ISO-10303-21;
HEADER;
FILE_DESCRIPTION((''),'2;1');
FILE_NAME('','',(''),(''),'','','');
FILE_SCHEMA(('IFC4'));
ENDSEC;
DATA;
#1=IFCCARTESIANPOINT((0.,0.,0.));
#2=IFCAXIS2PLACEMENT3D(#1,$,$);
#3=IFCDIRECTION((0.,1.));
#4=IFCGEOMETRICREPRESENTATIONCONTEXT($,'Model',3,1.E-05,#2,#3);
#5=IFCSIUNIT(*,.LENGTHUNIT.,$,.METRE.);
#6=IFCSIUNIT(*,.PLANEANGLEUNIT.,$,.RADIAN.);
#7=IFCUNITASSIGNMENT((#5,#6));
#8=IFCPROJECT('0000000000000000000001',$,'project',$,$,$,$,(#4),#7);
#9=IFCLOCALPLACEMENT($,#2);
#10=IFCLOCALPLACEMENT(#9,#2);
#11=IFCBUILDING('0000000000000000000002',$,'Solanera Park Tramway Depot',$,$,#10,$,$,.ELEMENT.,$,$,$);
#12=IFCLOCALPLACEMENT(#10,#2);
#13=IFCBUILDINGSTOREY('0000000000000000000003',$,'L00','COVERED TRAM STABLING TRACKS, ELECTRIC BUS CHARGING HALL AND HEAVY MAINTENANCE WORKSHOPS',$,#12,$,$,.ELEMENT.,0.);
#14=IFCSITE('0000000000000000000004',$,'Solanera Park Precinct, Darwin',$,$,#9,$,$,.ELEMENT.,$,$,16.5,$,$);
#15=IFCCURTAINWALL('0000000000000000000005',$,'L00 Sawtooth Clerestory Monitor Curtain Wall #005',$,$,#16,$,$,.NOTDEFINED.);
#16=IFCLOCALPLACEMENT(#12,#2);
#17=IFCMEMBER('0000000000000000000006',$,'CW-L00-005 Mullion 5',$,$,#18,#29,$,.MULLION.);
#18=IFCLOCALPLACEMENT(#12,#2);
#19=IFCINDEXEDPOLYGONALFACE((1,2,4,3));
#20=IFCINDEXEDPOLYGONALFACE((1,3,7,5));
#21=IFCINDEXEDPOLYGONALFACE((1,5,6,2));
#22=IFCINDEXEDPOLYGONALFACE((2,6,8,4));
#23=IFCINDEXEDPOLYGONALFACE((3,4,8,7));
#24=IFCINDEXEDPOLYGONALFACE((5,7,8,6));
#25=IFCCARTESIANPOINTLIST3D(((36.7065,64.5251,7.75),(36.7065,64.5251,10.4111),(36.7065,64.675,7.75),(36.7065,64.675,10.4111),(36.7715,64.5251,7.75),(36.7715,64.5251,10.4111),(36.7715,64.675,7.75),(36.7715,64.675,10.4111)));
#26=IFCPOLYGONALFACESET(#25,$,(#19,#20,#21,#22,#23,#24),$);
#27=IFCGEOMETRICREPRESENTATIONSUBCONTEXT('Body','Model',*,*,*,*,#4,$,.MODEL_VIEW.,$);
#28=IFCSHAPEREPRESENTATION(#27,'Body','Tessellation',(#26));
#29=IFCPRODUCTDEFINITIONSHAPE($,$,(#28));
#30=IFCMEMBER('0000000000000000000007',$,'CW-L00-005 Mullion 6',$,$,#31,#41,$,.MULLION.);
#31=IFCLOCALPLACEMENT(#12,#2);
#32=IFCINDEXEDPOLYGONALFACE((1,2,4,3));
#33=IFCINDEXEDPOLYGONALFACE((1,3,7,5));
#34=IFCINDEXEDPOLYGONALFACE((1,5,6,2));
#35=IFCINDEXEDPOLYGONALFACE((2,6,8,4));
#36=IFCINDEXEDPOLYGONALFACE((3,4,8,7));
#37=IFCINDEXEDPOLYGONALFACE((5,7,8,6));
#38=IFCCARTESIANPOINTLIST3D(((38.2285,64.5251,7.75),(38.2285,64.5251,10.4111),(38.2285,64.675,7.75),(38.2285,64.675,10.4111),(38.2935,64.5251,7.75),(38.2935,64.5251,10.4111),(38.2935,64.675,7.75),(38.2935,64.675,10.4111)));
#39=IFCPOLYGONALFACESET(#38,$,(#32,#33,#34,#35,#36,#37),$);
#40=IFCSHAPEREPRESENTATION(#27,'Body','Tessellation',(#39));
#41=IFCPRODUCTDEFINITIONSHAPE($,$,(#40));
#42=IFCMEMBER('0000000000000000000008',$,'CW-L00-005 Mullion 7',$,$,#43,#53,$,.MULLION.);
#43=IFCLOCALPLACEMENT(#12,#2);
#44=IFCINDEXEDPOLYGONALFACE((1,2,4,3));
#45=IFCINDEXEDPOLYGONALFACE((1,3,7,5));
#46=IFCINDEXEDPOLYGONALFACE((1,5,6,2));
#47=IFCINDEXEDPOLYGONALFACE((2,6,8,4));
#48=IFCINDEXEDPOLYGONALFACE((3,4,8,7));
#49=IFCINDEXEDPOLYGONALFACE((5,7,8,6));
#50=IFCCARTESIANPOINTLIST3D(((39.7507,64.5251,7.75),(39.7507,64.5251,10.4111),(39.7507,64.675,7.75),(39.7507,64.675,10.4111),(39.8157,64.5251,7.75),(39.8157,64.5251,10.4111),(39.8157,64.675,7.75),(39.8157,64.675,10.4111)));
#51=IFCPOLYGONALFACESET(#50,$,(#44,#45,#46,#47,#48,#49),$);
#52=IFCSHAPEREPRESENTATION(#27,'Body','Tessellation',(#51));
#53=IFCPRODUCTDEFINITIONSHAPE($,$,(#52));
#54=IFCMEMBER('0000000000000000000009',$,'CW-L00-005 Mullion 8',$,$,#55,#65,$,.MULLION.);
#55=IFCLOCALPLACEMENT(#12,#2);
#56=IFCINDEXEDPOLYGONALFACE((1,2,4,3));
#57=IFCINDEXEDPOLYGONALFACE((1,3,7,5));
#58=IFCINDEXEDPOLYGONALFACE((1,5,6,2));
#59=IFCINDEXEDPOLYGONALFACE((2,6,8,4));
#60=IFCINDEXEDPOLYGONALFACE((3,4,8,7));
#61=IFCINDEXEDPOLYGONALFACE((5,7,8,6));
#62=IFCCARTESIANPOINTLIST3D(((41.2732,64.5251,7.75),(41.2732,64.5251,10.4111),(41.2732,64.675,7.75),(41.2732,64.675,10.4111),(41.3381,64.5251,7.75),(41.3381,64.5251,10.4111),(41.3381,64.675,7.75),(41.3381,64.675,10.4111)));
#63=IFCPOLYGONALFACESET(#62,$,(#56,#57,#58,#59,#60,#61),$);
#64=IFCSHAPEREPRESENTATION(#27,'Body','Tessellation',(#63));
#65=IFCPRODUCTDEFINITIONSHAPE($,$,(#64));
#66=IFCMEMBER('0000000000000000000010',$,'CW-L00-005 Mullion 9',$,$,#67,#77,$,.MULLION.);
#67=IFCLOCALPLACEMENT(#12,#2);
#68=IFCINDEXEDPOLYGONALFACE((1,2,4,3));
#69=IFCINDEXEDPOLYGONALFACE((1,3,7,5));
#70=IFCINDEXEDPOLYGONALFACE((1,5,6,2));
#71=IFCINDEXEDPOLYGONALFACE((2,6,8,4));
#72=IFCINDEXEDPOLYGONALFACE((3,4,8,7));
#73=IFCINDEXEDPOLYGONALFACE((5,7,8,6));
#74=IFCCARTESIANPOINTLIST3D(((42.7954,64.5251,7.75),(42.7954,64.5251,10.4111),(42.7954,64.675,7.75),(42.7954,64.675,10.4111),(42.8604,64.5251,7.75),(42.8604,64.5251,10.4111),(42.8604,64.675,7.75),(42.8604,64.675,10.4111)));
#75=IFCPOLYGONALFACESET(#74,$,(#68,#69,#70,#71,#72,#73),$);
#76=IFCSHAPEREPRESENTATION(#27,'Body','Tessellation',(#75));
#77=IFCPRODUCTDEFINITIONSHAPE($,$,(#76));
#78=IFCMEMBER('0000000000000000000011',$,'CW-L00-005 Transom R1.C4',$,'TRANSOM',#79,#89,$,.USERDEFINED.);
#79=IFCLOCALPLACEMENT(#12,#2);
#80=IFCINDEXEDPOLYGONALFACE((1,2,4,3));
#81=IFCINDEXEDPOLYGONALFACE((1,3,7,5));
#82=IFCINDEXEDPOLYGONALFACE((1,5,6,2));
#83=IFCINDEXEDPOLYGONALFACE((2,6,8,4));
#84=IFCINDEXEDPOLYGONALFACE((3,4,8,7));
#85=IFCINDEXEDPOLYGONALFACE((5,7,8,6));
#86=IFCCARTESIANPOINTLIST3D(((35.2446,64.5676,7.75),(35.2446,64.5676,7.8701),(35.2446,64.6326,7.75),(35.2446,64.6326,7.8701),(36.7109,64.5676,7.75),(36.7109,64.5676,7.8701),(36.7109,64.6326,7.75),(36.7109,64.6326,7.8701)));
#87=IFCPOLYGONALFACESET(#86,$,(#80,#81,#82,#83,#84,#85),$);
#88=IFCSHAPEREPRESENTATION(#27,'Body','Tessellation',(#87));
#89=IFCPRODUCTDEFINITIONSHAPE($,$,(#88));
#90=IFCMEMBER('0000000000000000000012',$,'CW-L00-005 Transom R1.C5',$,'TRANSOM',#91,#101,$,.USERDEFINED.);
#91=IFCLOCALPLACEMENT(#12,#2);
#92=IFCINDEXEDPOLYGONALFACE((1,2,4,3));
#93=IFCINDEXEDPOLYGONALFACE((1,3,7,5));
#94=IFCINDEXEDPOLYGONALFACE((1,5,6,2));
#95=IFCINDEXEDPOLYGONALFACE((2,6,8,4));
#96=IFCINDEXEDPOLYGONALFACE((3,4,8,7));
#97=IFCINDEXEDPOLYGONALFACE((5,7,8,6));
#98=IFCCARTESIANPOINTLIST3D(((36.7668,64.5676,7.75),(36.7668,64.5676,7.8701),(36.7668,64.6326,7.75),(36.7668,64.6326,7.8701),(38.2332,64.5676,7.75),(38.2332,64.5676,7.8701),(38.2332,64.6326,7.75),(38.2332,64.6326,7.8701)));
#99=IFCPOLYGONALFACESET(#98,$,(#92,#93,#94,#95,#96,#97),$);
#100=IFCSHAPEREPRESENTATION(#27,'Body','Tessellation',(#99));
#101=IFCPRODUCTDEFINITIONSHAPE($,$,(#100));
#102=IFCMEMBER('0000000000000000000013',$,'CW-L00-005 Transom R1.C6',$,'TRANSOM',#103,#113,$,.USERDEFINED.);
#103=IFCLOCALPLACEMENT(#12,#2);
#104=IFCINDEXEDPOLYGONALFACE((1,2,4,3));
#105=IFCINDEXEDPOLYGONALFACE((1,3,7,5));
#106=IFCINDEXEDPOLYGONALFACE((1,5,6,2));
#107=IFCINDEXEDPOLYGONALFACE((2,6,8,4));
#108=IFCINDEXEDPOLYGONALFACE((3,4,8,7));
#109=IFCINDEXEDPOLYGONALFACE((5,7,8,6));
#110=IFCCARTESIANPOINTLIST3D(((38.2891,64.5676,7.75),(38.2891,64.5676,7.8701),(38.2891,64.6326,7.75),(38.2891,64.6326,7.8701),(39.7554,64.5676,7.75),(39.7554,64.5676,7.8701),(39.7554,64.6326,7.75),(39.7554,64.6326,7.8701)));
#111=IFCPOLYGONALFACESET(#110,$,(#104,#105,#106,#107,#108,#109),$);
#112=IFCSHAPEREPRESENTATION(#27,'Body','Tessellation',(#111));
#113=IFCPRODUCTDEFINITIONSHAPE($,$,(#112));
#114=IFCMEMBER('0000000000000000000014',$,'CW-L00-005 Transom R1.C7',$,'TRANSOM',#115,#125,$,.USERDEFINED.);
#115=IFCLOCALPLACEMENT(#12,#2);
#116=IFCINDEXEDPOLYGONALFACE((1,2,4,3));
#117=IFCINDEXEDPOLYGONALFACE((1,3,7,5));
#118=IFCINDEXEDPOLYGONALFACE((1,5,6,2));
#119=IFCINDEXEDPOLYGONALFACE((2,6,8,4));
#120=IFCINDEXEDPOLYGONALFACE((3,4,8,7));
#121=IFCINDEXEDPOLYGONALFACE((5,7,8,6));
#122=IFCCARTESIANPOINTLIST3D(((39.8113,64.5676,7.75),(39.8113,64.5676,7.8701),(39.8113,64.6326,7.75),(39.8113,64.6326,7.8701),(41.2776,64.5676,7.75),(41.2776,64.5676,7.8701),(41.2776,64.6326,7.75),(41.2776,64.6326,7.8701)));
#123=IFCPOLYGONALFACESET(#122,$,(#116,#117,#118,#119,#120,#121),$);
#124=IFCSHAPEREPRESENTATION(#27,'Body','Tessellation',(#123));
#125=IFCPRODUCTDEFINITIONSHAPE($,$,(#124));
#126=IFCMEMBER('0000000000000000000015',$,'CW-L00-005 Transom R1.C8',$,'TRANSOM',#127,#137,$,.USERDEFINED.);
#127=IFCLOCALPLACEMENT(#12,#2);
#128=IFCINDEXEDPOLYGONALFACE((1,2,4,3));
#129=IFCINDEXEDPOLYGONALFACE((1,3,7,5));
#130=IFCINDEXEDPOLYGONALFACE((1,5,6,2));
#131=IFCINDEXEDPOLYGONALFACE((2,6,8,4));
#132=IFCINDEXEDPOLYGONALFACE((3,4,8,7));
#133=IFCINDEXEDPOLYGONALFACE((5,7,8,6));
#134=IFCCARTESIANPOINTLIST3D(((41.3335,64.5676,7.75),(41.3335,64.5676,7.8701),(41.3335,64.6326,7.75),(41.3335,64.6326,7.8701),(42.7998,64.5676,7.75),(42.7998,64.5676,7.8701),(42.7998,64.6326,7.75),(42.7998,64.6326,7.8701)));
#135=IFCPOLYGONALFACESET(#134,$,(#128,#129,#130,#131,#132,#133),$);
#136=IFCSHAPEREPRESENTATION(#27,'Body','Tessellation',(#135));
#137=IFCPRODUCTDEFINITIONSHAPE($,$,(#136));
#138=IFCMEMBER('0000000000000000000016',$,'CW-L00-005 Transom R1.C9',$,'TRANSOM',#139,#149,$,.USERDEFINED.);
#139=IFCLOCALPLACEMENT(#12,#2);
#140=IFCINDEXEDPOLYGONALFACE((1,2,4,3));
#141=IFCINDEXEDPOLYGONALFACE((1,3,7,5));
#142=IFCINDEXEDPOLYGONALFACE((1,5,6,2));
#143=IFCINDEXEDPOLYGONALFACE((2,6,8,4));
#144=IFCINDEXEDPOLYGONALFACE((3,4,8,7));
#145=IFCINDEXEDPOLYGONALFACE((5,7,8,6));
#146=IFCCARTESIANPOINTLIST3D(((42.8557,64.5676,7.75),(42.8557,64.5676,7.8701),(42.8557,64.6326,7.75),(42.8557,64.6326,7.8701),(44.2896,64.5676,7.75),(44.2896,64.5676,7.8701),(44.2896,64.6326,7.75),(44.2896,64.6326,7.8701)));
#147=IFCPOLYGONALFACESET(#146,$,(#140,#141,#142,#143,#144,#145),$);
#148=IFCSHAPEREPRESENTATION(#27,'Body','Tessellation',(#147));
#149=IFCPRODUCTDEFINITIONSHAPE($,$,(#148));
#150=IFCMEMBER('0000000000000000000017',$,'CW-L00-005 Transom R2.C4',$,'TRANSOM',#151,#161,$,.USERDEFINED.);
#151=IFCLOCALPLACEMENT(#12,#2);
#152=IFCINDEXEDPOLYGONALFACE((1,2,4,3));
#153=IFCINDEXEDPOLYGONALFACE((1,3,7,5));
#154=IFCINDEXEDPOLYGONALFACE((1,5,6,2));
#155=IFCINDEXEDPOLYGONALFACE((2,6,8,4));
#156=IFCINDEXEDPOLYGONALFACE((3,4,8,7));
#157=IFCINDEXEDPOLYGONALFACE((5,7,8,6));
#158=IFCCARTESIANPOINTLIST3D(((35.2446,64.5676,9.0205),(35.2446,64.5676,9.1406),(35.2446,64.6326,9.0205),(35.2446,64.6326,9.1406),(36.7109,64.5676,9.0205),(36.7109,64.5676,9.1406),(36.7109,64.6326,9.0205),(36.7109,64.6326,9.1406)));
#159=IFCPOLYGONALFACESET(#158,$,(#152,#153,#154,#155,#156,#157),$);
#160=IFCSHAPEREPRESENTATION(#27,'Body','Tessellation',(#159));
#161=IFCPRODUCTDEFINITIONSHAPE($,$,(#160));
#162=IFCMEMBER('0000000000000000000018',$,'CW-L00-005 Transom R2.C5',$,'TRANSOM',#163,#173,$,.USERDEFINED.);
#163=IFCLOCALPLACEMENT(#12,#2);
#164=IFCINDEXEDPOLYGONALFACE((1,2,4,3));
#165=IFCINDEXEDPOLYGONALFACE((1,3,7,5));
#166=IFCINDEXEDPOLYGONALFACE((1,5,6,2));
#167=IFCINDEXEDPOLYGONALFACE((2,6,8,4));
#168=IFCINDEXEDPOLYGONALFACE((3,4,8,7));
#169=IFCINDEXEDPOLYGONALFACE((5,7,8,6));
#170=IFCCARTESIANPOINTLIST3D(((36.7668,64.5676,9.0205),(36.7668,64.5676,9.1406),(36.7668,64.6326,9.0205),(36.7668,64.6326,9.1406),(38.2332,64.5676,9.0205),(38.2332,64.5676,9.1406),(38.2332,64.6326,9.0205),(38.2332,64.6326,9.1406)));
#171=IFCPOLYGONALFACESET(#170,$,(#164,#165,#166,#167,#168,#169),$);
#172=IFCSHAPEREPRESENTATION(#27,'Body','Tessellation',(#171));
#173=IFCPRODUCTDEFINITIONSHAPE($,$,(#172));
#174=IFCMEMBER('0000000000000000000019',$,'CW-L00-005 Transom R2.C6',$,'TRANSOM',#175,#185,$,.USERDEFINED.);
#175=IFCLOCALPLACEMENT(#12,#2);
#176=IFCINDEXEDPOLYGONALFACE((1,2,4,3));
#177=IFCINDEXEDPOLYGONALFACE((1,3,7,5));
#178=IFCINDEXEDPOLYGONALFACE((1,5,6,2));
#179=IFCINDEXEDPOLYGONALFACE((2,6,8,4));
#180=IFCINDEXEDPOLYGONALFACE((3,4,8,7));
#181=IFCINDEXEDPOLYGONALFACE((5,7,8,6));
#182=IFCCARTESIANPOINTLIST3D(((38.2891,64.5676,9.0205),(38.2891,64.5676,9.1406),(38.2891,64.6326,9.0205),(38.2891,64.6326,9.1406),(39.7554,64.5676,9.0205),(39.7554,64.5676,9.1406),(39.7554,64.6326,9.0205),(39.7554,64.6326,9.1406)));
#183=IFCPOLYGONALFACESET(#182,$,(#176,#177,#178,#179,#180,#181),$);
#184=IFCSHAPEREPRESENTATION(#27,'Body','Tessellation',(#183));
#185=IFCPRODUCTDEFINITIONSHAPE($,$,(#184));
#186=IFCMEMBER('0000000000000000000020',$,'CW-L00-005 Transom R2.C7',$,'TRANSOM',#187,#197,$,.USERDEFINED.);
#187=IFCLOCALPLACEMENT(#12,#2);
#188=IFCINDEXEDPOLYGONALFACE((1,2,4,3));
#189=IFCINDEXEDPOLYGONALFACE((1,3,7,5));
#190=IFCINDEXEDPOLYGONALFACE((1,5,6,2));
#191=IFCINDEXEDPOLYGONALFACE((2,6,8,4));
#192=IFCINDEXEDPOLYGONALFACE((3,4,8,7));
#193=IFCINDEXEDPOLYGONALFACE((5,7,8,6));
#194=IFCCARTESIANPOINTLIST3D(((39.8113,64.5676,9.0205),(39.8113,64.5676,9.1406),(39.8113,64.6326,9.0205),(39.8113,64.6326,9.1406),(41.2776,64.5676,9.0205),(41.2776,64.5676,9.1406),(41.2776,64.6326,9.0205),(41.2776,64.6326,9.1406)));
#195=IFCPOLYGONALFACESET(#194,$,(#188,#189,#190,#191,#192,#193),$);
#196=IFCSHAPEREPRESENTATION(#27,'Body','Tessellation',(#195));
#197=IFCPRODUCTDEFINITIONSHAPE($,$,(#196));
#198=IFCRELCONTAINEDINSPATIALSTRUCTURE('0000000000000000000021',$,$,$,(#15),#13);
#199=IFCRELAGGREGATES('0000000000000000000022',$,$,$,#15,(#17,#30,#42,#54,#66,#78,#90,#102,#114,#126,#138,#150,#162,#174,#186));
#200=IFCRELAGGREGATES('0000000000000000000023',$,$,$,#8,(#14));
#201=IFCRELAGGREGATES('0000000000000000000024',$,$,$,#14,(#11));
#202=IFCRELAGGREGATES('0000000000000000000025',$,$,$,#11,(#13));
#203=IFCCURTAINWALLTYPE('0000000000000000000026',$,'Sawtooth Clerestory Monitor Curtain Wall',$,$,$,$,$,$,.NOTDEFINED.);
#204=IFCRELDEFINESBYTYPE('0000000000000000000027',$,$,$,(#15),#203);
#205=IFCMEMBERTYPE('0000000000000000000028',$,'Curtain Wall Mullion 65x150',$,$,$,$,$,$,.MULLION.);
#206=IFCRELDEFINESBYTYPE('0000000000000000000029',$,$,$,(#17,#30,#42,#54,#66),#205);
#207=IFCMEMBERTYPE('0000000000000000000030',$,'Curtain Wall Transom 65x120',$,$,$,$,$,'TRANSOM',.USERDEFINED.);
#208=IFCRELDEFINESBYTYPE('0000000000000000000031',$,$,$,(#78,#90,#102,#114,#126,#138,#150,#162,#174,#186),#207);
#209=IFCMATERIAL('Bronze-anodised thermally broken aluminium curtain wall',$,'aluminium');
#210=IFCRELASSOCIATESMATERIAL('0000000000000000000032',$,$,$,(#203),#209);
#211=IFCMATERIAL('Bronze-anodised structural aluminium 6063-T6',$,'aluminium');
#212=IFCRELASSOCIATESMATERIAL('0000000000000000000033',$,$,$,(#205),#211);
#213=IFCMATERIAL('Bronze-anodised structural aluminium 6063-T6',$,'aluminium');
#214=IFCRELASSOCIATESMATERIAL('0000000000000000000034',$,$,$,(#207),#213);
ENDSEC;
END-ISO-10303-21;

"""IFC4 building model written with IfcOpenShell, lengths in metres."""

from ifc_helpers import new_model, si_unit, direction, frame, origin, origin_2d, place, context, subcontext, project, spatial, rectangle, extrude, material, material_profile, profile_set, type_object, element, aggregate, save


model = new_model("IFC4")

# Units and contexts
model_context = context("Model", 3, precision=1e-05, world=origin(), true_north=direction((0.0, 1.0)))
body_context = subcontext(model_context, "Body", "Model", "MODEL_VIEW")
ifc_project = project(units=[si_unit("LENGTHUNIT", "METRE"), si_unit("PLANEANGLEUNIT", "RADIAN")], contexts=[model_context])

# Site, building, storey
site_placement = place(None, origin())
site = spatial("IfcSite", under=ifc_project, at=site_placement, Name="Solanera Park Precinct, Darwin", CompositionType="ELEMENT", RefElevation=16.5)
building_placement = place(site_placement, origin())
building = spatial("IfcBuilding", under=site, at=building_placement, Name="Solanera Park Tramway Depot", CompositionType="ELEMENT")
storey_placement = place(building_placement, origin())
storey = spatial("IfcBuildingStorey", under=building, at=storey_placement, Name="L00", Description="COVERED TRAM STABLING TRACKS, ELECTRIC BUS CHARGING HALL AND HEAVY MAINTENANCE WORKSHOPS", CompositionType="ELEMENT", Elevation=0.0)

# Curtain wall, members
ifc_material_1 = material(Name="Bronze-anodised thermally broken aluminium curtain wall", Category="aluminium")
curtain_wall_type = type_object("IfcCurtainWallType", Name="Sawtooth Clerestory Monitor Curtain Wall", PredefinedType="NOTDEFINED", material=ifc_material_1)
curtain_wall_placement = place(storey_placement, origin())
curtain_wall = element("IfcCurtainWall", 1, at=curtain_wall_placement, inside=storey, type_object=curtain_wall_type, Name="L00 Sawtooth Clerestory Monitor Curtain Wall #005", PredefinedType="NOTDEFINED")
ifc_material_2 = material(Name="Bronze-anodised structural aluminium 6063-T6", Category="aluminium")
ifc_material_profile_1 = material_profile(ifc_material_2, rectangle(XDim=0.0649, YDim=0.1499, at=origin_2d()), Name="Curtain Wall Mullion 65x150")
ifc_profile_set_1 = profile_set([ifc_material_profile_1], Name="Bronze-anodised structural aluminium 6063-T6")
member_type_1 = type_object("IfcMemberType", Name="Curtain Wall Mullion 65x150", PredefinedType="MULLION", material=ifc_profile_set_1)
member_1_placement = place(storey_placement, frame((36.739, 64.6001, 7.75), z_axis=(0.0, 0.0, 1.0), x_axis=(1.0, 0.0, 0.0)))
member_1 = element("IfcMember", 2, at=member_1_placement, type_object=member_type_1, Name="CW-L00-005 Mullion 5", PredefinedType="MULLION", context=body_context, shape_type="SweptSolid", body=[
    extrude(rectangle(XDim=0.0649, YDim=0.1499, at=origin_2d()), origin(), (0.0, 0.0, 1.0), 2.6611),
])
member_2_placement = place(storey_placement, frame((38.261, 64.6001, 7.75), z_axis=(0.0, 0.0, 1.0), x_axis=(1.0, 0.0, 0.0)))
member_2 = element("IfcMember", 3, at=member_2_placement, type_object=member_type_1, Name="CW-L00-005 Mullion 6", PredefinedType="MULLION", context=body_context, shape_type="SweptSolid", body=[
    extrude(rectangle(XDim=0.0649, YDim=0.1499, at=origin_2d()), origin(), (0.0, 0.0, 1.0), 2.6611),
])
member_3_placement = place(storey_placement, frame((39.7832, 64.6001, 7.75), z_axis=(0.0, 0.0, 1.0), x_axis=(1.0, 0.0, 0.0)))
member_3 = element("IfcMember", 4, at=member_3_placement, type_object=member_type_1, Name="CW-L00-005 Mullion 7", PredefinedType="MULLION", context=body_context, shape_type="SweptSolid", body=[
    extrude(rectangle(XDim=0.0649, YDim=0.1499, at=origin_2d()), origin(), (0.0, 0.0, 1.0), 2.6611),
])
member_4_placement = place(storey_placement, frame((41.3057, 64.6001, 7.75), z_axis=(0.0, 0.0, 1.0), x_axis=(1.0, 0.0, 0.0)))
member_4 = element("IfcMember", 5, at=member_4_placement, type_object=member_type_1, Name="CW-L00-005 Mullion 8", PredefinedType="MULLION", context=body_context, shape_type="SweptSolid", body=[
    extrude(rectangle(XDim=0.0649, YDim=0.1499, at=origin_2d()), origin(), (0.0, 0.0, 1.0), 2.6611),
])
member_5_placement = place(storey_placement, frame((42.8279, 64.6001, 7.75), z_axis=(0.0, 0.0, 1.0), x_axis=(1.0, 0.0, 0.0)))
member_5 = element("IfcMember", 6, at=member_5_placement, type_object=member_type_1, Name="CW-L00-005 Mullion 9", PredefinedType="MULLION", context=body_context, shape_type="SweptSolid", body=[
    extrude(rectangle(XDim=0.0649, YDim=0.1499, at=origin_2d()), origin(), (0.0, 0.0, 1.0), 2.6611),
])
ifc_material_3 = material(Name="Bronze-anodised structural aluminium 6063-T6", Category="aluminium")
ifc_material_profile_2 = material_profile(ifc_material_3, rectangle(XDim=0.0649, YDim=0.1201, at=origin_2d()), Name="Curtain Wall Transom 65x120")
ifc_profile_set_2 = profile_set([ifc_material_profile_2], Name="Bronze-anodised structural aluminium 6063-T6")
member_type_2 = type_object("IfcMemberType", Name="Curtain Wall Transom 65x120", ElementType="TRANSOM", PredefinedType="USERDEFINED", material=ifc_profile_set_2)
member_6_placement = place(storey_placement, frame((35.2446, 64.6001, 7.8101), z_axis=(1.0, 0.0, 0.0), x_axis=(0.0, 1.0, 0.0)))
member_6 = element("IfcMember", 7, at=member_6_placement, type_object=member_type_2, Name="CW-L00-005 Transom R1.C4", ObjectType="TRANSOM", PredefinedType="USERDEFINED", context=body_context, shape_type="SweptSolid", body=[
    extrude(rectangle(XDim=0.0649, YDim=0.1201, at=origin_2d()), origin(), (0.0, 0.0, 1.0), 1.4663),
])
member_7_placement = place(storey_placement, frame((36.7668, 64.6001, 7.8101), z_axis=(1.0, 0.0, 0.0), x_axis=(0.0, 1.0, 0.0)))
member_7 = element("IfcMember", 8, at=member_7_placement, type_object=member_type_2, Name="CW-L00-005 Transom R1.C5", ObjectType="TRANSOM", PredefinedType="USERDEFINED", context=body_context, shape_type="SweptSolid", body=[
    extrude(rectangle(XDim=0.0649, YDim=0.1201, at=origin_2d()), origin(), (0.0, 0.0, 1.0), 1.4663),
])
member_8_placement = place(storey_placement, frame((38.2891, 64.6001, 7.8101), z_axis=(1.0, 0.0, 0.0), x_axis=(0.0, 1.0, 0.0)))
member_8 = element("IfcMember", 9, at=member_8_placement, type_object=member_type_2, Name="CW-L00-005 Transom R1.C6", ObjectType="TRANSOM", PredefinedType="USERDEFINED", context=body_context, shape_type="SweptSolid", body=[
    extrude(rectangle(XDim=0.0649, YDim=0.1201, at=origin_2d()), origin(), (0.0, 0.0, 1.0), 1.4663),
])
member_9_placement = place(storey_placement, frame((39.8113, 64.6001, 7.8101), z_axis=(1.0, 0.0, 0.0), x_axis=(0.0, 1.0, 0.0)))
member_9 = element("IfcMember", 10, at=member_9_placement, type_object=member_type_2, Name="CW-L00-005 Transom R1.C7", ObjectType="TRANSOM", PredefinedType="USERDEFINED", context=body_context, shape_type="SweptSolid", body=[
    extrude(rectangle(XDim=0.0649, YDim=0.1201, at=origin_2d()), origin(), (0.0, 0.0, 1.0), 1.4663),
])
member_10_placement = place(storey_placement, frame((41.3335, 64.6001, 7.8101), z_axis=(1.0, 0.0, 0.0), x_axis=(0.0, 1.0, 0.0)))
member_10 = element("IfcMember", 11, at=member_10_placement, type_object=member_type_2, Name="CW-L00-005 Transom R1.C8", ObjectType="TRANSOM", PredefinedType="USERDEFINED", context=body_context, shape_type="SweptSolid", body=[
    extrude(rectangle(XDim=0.0649, YDim=0.1201, at=origin_2d()), origin(), (0.0, 0.0, 1.0), 1.4663),
])
member_11_placement = place(storey_placement, frame((42.8557, 64.6001, 7.8101), z_axis=(1.0, 0.0, 0.0), x_axis=(0.0, 1.0, 0.0)))
member_11 = element("IfcMember", 12, at=member_11_placement, type_object=member_type_2, Name="CW-L00-005 Transom R1.C9", ObjectType="TRANSOM", PredefinedType="USERDEFINED", context=body_context, shape_type="SweptSolid", body=[
    extrude(rectangle(XDim=0.0649, YDim=0.1201, at=origin_2d()), origin(), (0.0, 0.0, 1.0), 1.4338),
])
member_12_placement = place(storey_placement, frame((35.2446, 64.6001, 9.0806), z_axis=(1.0, 0.0, 0.0), x_axis=(0.0, 1.0, 0.0)))
member_12 = element("IfcMember", 13, at=member_12_placement, type_object=member_type_2, Name="CW-L00-005 Transom R2.C4", ObjectType="TRANSOM", PredefinedType="USERDEFINED", context=body_context, shape_type="SweptSolid", body=[
    extrude(rectangle(XDim=0.0649, YDim=0.1201, at=origin_2d()), origin(), (0.0, 0.0, 1.0), 1.4663),
])
member_13_placement = place(storey_placement, frame((36.7668, 64.6001, 9.0806), z_axis=(1.0, 0.0, 0.0), x_axis=(0.0, 1.0, 0.0)))
member_13 = element("IfcMember", 14, at=member_13_placement, type_object=member_type_2, Name="CW-L00-005 Transom R2.C5", ObjectType="TRANSOM", PredefinedType="USERDEFINED", context=body_context, shape_type="SweptSolid", body=[
    extrude(rectangle(XDim=0.0649, YDim=0.1201, at=origin_2d()), origin(), (0.0, 0.0, 1.0), 1.4663),
])
member_14_placement = place(storey_placement, frame((38.2891, 64.6001, 9.0806), z_axis=(1.0, 0.0, 0.0), x_axis=(0.0, 1.0, 0.0)))
member_14 = element("IfcMember", 15, at=member_14_placement, type_object=member_type_2, Name="CW-L00-005 Transom R2.C6", ObjectType="TRANSOM", PredefinedType="USERDEFINED", context=body_context, shape_type="SweptSolid", body=[
    extrude(rectangle(XDim=0.0649, YDim=0.1201, at=origin_2d()), origin(), (0.0, 0.0, 1.0), 1.4663),
])
member_15_placement = place(storey_placement, frame((39.8113, 64.6001, 9.0806), z_axis=(1.0, 0.0, 0.0), x_axis=(0.0, 1.0, 0.0)))
member_15 = element("IfcMember", 16, at=member_15_placement, type_object=member_type_2, Name="CW-L00-005 Transom R2.C7", ObjectType="TRANSOM", PredefinedType="USERDEFINED", context=body_context, shape_type="SweptSolid", body=[
    extrude(rectangle(XDim=0.0649, YDim=0.1201, at=origin_2d()), origin(), (0.0, 0.0, 1.0), 1.4663),
])
aggregate(curtain_wall, [member_1, member_2, member_3, member_4, member_5, member_6, member_7, member_8, member_9, member_10, member_11, member_12, member_13, member_14, member_15])

save(model, "model.ifc")
